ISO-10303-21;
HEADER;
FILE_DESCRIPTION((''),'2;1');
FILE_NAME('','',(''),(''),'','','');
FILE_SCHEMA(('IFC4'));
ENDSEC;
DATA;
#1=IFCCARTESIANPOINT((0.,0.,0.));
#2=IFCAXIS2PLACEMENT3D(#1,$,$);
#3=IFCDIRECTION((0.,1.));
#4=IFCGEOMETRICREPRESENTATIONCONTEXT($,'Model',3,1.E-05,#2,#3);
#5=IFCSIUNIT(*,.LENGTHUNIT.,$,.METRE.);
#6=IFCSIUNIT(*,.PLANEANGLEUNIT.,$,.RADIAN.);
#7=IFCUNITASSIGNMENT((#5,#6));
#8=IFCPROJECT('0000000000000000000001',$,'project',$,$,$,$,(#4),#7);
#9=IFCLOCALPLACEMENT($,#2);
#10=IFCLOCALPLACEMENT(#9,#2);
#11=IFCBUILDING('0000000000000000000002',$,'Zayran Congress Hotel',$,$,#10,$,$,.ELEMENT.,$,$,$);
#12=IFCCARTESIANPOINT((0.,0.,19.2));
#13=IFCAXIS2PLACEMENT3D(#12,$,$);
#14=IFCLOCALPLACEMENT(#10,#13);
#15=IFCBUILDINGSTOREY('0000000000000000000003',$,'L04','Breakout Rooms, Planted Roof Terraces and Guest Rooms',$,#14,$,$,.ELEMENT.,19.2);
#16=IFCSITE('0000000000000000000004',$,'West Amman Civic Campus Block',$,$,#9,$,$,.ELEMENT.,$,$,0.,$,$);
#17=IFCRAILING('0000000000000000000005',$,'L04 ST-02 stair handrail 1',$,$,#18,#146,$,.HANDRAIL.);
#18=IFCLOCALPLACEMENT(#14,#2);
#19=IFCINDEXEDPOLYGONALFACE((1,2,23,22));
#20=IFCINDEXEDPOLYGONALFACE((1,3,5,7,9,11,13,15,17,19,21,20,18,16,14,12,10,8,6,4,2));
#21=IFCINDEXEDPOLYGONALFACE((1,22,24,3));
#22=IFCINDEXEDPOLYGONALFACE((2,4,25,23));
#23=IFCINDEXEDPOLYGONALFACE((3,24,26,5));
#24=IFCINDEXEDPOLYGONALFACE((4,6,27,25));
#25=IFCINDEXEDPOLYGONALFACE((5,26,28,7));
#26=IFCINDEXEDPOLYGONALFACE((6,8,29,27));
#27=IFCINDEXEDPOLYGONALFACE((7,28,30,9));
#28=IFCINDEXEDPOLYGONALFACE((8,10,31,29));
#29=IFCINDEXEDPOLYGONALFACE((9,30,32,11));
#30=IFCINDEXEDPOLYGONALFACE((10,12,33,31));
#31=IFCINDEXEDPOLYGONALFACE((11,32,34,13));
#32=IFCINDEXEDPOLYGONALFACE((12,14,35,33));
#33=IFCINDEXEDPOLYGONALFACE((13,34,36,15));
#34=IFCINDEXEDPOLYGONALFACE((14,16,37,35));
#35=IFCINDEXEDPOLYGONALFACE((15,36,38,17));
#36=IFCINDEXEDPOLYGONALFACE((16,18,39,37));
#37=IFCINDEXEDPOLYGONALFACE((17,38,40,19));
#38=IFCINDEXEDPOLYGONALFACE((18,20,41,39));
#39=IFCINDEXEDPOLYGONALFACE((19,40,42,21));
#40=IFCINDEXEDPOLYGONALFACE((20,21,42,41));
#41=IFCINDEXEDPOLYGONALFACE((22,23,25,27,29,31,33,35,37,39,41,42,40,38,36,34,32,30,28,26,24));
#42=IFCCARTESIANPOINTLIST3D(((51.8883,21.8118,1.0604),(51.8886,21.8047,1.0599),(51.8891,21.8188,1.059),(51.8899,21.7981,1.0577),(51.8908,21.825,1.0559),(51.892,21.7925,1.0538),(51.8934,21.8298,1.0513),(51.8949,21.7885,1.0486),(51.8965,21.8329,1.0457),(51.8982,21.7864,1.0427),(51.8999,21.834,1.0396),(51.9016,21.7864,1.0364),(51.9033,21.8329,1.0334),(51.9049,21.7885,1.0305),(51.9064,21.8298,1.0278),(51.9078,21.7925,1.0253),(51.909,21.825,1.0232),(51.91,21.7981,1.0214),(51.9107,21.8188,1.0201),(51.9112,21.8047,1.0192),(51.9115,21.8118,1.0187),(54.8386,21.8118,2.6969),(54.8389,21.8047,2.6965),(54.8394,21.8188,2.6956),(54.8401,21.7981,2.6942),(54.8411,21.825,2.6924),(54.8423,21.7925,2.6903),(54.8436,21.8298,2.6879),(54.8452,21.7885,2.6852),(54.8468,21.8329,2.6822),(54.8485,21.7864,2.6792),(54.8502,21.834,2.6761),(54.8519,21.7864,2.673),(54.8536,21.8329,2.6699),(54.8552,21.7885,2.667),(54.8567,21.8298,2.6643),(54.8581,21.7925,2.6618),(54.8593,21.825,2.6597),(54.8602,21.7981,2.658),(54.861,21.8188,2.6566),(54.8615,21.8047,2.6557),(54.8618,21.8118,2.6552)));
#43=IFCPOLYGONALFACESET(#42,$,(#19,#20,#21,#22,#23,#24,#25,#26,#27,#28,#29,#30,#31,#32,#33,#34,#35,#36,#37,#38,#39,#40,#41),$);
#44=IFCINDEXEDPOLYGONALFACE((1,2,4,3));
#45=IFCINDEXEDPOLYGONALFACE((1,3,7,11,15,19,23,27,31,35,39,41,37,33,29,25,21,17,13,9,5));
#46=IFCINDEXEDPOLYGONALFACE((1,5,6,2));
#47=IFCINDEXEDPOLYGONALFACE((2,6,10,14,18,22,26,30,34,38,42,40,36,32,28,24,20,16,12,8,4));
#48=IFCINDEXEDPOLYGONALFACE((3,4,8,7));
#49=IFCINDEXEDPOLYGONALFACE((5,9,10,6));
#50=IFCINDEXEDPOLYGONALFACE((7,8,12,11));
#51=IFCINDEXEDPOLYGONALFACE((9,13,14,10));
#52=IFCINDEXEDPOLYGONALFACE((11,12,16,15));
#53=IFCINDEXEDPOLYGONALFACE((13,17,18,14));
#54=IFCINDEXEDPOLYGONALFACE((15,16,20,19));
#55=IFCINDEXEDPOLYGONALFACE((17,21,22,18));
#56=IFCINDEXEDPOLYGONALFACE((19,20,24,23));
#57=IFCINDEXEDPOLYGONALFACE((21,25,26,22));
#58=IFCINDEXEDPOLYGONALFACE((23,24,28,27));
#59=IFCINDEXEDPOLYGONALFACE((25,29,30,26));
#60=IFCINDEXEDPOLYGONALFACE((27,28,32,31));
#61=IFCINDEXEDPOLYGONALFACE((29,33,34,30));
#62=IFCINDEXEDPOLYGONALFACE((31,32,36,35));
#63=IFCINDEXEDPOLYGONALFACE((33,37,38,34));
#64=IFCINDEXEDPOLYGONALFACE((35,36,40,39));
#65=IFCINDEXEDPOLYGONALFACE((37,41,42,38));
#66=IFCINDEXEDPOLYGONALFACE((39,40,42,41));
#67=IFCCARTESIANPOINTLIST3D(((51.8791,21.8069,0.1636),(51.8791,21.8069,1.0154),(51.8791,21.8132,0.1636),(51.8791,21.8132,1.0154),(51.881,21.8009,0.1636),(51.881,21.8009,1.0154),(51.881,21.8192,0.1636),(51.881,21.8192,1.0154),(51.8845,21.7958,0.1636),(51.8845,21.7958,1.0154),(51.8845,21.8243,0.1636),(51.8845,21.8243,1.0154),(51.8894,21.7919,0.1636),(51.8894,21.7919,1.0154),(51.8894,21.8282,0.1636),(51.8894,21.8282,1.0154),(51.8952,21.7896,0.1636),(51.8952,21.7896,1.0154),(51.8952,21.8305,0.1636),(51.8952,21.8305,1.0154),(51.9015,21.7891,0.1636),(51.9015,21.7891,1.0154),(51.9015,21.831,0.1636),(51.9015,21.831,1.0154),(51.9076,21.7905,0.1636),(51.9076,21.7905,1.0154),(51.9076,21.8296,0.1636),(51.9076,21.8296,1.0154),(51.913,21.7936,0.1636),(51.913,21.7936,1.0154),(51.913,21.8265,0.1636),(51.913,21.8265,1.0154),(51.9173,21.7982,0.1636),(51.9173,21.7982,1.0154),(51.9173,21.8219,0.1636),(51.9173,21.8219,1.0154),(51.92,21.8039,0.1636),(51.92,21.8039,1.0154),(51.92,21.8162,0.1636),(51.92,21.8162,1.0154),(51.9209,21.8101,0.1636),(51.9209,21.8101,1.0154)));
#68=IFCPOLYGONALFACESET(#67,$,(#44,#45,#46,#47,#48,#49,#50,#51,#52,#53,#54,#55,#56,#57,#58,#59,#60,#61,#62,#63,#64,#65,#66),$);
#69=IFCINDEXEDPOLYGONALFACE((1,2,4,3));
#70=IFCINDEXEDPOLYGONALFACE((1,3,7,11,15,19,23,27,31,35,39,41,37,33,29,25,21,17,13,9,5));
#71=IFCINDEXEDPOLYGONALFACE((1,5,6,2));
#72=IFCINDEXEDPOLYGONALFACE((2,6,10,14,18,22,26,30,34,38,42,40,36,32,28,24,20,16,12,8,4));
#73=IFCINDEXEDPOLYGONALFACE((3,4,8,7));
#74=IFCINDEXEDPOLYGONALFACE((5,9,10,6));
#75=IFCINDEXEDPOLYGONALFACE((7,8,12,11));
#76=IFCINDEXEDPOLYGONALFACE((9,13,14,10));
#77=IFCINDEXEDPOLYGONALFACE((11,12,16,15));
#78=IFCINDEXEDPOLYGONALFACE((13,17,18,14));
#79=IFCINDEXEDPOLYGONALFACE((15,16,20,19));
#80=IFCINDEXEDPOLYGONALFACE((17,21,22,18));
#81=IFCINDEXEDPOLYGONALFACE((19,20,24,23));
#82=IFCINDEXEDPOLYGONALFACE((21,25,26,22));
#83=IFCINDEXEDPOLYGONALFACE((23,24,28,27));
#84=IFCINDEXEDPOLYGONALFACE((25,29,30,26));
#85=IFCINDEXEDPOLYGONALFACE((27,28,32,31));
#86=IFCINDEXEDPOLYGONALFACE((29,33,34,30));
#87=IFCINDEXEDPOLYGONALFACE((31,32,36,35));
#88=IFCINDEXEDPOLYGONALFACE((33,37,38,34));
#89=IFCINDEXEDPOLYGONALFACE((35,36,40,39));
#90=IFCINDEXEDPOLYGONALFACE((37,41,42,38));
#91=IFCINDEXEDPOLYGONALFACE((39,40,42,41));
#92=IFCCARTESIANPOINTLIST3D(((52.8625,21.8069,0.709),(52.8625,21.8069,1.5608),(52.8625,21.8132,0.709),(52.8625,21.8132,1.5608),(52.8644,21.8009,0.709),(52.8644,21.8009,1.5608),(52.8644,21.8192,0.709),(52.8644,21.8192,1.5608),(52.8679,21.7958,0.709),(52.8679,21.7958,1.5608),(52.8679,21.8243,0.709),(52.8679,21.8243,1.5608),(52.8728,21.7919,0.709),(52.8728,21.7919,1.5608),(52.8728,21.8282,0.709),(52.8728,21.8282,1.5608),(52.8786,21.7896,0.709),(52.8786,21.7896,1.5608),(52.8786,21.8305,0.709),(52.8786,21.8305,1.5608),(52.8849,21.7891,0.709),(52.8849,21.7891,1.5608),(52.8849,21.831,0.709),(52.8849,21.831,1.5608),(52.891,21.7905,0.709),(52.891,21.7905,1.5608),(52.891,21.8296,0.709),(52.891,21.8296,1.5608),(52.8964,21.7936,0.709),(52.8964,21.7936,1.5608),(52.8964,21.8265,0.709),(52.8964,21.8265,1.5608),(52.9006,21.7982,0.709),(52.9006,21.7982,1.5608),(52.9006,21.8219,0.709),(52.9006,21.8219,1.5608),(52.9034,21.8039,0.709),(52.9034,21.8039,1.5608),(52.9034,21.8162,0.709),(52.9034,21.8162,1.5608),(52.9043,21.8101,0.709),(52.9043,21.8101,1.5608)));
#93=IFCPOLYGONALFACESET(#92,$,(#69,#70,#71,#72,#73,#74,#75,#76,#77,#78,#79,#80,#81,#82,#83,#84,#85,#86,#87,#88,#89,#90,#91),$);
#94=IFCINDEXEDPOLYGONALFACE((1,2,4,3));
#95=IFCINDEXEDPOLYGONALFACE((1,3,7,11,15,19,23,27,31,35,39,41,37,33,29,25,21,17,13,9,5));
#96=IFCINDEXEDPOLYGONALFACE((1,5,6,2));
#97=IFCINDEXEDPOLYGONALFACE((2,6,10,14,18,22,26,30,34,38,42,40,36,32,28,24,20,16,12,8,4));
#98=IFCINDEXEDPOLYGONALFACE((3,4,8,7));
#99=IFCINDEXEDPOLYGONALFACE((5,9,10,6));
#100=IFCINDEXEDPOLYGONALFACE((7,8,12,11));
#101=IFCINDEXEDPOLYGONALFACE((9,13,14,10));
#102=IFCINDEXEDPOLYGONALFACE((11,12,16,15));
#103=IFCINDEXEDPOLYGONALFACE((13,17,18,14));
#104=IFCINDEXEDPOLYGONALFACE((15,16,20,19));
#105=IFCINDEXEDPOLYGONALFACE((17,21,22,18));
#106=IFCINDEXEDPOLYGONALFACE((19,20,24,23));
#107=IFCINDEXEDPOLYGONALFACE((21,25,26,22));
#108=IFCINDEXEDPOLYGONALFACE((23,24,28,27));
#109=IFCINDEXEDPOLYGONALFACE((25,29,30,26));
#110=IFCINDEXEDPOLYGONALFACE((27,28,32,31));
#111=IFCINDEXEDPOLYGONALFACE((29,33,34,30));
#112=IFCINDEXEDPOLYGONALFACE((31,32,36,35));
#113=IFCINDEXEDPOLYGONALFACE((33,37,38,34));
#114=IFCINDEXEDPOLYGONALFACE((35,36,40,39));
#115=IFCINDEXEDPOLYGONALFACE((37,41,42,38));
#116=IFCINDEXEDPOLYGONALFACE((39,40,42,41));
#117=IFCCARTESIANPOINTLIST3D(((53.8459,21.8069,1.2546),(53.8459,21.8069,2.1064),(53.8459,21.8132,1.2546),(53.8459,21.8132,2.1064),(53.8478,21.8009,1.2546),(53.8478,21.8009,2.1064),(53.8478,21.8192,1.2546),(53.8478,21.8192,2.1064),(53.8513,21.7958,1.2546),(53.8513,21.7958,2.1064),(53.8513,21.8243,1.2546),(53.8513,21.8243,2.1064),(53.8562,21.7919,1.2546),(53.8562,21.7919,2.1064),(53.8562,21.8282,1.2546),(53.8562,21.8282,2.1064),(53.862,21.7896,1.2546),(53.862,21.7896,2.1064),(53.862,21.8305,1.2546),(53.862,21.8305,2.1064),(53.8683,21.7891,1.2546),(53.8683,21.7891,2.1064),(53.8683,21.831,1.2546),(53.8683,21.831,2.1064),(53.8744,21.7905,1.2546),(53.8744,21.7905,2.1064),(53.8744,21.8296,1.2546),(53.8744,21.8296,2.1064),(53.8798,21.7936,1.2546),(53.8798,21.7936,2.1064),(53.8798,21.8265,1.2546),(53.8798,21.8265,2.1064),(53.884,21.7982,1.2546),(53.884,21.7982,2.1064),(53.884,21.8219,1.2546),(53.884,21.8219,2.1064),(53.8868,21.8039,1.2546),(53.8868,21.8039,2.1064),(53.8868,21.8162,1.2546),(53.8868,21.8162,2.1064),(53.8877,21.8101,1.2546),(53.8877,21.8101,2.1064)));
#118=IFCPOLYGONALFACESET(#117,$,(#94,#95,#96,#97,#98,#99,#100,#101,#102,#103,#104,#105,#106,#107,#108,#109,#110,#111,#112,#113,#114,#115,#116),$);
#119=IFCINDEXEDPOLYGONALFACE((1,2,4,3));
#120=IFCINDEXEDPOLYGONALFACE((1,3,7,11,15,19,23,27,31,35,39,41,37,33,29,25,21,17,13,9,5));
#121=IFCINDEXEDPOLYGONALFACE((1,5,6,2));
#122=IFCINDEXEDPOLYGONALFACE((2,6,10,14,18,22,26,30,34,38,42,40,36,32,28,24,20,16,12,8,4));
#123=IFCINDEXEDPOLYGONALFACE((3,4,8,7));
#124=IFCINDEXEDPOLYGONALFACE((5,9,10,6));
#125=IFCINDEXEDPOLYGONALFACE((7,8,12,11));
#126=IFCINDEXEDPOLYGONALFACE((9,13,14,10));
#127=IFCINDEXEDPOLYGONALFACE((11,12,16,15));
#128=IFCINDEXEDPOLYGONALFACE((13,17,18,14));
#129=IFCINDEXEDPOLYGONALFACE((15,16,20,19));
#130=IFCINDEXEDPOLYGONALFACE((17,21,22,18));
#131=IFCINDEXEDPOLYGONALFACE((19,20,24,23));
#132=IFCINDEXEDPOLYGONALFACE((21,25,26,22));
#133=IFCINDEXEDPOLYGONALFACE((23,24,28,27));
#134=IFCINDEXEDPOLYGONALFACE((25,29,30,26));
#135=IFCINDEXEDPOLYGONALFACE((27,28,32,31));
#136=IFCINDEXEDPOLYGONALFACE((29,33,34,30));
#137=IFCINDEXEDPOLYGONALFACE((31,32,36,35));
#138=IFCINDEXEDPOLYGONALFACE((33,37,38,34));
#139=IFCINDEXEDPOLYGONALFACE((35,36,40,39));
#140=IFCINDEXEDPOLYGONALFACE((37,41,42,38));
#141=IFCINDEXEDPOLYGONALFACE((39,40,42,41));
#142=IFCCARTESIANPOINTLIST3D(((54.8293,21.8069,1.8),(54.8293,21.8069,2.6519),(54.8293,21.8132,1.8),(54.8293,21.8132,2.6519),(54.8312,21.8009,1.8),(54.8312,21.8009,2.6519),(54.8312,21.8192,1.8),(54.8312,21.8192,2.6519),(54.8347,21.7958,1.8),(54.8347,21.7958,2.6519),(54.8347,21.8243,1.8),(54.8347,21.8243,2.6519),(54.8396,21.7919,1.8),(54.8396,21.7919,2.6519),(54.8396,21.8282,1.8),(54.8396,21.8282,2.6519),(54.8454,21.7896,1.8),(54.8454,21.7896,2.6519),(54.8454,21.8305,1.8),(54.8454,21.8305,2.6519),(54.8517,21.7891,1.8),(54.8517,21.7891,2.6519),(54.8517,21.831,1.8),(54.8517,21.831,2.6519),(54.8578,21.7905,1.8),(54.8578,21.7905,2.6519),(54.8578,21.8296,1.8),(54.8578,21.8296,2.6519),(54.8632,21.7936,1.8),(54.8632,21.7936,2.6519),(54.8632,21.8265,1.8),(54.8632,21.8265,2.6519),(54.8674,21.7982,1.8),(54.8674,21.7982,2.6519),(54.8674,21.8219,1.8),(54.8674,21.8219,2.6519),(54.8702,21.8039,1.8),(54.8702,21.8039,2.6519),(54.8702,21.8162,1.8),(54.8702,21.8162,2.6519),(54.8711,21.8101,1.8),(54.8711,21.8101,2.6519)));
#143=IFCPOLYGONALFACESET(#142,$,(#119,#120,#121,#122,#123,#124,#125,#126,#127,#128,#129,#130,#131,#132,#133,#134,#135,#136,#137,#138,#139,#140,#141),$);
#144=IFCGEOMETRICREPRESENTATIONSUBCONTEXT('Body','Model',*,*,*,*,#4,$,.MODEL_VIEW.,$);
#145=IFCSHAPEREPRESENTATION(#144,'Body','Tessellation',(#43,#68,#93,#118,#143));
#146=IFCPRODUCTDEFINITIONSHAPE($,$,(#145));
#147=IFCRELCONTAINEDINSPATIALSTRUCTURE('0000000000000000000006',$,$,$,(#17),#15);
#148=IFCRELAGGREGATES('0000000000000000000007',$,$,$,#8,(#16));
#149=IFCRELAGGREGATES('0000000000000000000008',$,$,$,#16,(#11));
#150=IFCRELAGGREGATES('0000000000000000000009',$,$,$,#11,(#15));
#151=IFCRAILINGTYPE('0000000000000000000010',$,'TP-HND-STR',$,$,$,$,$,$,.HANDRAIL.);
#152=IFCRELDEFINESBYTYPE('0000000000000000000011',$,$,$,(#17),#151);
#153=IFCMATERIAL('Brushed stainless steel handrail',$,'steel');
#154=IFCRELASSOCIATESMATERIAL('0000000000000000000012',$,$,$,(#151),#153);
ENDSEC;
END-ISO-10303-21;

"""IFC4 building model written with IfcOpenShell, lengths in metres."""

from ifc_helpers import new_model, si_unit, direction, frame, origin, origin_2d, place, context, subcontext, project, spatial, circle, extrude, material, type_object, element, save


model = new_model("IFC4")

# Units and contexts
model_context = context("Model", 3, precision=1e-05, world=origin(), true_north=direction((0.0, 1.0)))
body_context = subcontext(model_context, "Body", "Model", "MODEL_VIEW")
ifc_project = project(units=[si_unit("LENGTHUNIT", "METRE"), si_unit("PLANEANGLEUNIT", "RADIAN")], contexts=[model_context])

# Site, building, storey
site_placement = place(None, origin())
site = spatial("IfcSite", under=ifc_project, at=site_placement, Name="West Amman Civic Campus Block", CompositionType="ELEMENT", RefElevation=0.0)
building_placement = place(site_placement, origin())
building = spatial("IfcBuilding", under=site, at=building_placement, Name="Zayran Congress Hotel", CompositionType="ELEMENT")
storey_placement = place(building_placement, frame((0.0, 0.0, 19.2)))
storey = spatial("IfcBuildingStorey", under=building, at=storey_placement, Name="L04", Description="Breakout Rooms, Planted Roof Terraces and Guest Rooms", CompositionType="ELEMENT", Elevation=19.2)

# Railing
ifc_material_1 = material(Name="Brushed stainless steel handrail", Category="steel")
railing_type_1 = type_object("IfcRailingType", Name="TP-HND-STR", PredefinedType="HANDRAIL", material=ifc_material_1)
railing_1_placement = place(storey_placement, frame((51.8999, 21.8101, 0.1636)))
element("IfcRailing", 1, at=railing_1_placement, inside=storey, type_object=railing_type_1, Name="L04 ST-02 stair handrail 1", PredefinedType="HANDRAIL", context=body_context, shape_type="SweptSolid", body=[
    extrude(circle(Radius=0.0239, at=origin_2d()), frame((0.0, 0.0, 0.876), z_axis=(0.874475, 0.0, 0.485071), x_axis=(0.0, 1.0, 0.0)), (0.0, 0.0, 1.0), 3.3738),
    extrude(circle(Radius=0.021, at=origin_2d()), origin(), (0.0, 0.0, 1.0), 0.8518),
    extrude(circle(Radius=0.021, at=origin_2d()), frame((0.9834, 0.0, 0.5454)), (0.0, 0.0, 1.0), 0.8518),
    extrude(circle(Radius=0.021, at=origin_2d()), frame((1.9668, 0.0, 1.0911)), (0.0, 0.0, 1.0), 0.8518),
    extrude(circle(Radius=0.021, at=origin_2d()), frame((2.9502, 0.0, 1.6365)), (0.0, 0.0, 1.0), 0.8518),
])

save(model, "model.ifc")
